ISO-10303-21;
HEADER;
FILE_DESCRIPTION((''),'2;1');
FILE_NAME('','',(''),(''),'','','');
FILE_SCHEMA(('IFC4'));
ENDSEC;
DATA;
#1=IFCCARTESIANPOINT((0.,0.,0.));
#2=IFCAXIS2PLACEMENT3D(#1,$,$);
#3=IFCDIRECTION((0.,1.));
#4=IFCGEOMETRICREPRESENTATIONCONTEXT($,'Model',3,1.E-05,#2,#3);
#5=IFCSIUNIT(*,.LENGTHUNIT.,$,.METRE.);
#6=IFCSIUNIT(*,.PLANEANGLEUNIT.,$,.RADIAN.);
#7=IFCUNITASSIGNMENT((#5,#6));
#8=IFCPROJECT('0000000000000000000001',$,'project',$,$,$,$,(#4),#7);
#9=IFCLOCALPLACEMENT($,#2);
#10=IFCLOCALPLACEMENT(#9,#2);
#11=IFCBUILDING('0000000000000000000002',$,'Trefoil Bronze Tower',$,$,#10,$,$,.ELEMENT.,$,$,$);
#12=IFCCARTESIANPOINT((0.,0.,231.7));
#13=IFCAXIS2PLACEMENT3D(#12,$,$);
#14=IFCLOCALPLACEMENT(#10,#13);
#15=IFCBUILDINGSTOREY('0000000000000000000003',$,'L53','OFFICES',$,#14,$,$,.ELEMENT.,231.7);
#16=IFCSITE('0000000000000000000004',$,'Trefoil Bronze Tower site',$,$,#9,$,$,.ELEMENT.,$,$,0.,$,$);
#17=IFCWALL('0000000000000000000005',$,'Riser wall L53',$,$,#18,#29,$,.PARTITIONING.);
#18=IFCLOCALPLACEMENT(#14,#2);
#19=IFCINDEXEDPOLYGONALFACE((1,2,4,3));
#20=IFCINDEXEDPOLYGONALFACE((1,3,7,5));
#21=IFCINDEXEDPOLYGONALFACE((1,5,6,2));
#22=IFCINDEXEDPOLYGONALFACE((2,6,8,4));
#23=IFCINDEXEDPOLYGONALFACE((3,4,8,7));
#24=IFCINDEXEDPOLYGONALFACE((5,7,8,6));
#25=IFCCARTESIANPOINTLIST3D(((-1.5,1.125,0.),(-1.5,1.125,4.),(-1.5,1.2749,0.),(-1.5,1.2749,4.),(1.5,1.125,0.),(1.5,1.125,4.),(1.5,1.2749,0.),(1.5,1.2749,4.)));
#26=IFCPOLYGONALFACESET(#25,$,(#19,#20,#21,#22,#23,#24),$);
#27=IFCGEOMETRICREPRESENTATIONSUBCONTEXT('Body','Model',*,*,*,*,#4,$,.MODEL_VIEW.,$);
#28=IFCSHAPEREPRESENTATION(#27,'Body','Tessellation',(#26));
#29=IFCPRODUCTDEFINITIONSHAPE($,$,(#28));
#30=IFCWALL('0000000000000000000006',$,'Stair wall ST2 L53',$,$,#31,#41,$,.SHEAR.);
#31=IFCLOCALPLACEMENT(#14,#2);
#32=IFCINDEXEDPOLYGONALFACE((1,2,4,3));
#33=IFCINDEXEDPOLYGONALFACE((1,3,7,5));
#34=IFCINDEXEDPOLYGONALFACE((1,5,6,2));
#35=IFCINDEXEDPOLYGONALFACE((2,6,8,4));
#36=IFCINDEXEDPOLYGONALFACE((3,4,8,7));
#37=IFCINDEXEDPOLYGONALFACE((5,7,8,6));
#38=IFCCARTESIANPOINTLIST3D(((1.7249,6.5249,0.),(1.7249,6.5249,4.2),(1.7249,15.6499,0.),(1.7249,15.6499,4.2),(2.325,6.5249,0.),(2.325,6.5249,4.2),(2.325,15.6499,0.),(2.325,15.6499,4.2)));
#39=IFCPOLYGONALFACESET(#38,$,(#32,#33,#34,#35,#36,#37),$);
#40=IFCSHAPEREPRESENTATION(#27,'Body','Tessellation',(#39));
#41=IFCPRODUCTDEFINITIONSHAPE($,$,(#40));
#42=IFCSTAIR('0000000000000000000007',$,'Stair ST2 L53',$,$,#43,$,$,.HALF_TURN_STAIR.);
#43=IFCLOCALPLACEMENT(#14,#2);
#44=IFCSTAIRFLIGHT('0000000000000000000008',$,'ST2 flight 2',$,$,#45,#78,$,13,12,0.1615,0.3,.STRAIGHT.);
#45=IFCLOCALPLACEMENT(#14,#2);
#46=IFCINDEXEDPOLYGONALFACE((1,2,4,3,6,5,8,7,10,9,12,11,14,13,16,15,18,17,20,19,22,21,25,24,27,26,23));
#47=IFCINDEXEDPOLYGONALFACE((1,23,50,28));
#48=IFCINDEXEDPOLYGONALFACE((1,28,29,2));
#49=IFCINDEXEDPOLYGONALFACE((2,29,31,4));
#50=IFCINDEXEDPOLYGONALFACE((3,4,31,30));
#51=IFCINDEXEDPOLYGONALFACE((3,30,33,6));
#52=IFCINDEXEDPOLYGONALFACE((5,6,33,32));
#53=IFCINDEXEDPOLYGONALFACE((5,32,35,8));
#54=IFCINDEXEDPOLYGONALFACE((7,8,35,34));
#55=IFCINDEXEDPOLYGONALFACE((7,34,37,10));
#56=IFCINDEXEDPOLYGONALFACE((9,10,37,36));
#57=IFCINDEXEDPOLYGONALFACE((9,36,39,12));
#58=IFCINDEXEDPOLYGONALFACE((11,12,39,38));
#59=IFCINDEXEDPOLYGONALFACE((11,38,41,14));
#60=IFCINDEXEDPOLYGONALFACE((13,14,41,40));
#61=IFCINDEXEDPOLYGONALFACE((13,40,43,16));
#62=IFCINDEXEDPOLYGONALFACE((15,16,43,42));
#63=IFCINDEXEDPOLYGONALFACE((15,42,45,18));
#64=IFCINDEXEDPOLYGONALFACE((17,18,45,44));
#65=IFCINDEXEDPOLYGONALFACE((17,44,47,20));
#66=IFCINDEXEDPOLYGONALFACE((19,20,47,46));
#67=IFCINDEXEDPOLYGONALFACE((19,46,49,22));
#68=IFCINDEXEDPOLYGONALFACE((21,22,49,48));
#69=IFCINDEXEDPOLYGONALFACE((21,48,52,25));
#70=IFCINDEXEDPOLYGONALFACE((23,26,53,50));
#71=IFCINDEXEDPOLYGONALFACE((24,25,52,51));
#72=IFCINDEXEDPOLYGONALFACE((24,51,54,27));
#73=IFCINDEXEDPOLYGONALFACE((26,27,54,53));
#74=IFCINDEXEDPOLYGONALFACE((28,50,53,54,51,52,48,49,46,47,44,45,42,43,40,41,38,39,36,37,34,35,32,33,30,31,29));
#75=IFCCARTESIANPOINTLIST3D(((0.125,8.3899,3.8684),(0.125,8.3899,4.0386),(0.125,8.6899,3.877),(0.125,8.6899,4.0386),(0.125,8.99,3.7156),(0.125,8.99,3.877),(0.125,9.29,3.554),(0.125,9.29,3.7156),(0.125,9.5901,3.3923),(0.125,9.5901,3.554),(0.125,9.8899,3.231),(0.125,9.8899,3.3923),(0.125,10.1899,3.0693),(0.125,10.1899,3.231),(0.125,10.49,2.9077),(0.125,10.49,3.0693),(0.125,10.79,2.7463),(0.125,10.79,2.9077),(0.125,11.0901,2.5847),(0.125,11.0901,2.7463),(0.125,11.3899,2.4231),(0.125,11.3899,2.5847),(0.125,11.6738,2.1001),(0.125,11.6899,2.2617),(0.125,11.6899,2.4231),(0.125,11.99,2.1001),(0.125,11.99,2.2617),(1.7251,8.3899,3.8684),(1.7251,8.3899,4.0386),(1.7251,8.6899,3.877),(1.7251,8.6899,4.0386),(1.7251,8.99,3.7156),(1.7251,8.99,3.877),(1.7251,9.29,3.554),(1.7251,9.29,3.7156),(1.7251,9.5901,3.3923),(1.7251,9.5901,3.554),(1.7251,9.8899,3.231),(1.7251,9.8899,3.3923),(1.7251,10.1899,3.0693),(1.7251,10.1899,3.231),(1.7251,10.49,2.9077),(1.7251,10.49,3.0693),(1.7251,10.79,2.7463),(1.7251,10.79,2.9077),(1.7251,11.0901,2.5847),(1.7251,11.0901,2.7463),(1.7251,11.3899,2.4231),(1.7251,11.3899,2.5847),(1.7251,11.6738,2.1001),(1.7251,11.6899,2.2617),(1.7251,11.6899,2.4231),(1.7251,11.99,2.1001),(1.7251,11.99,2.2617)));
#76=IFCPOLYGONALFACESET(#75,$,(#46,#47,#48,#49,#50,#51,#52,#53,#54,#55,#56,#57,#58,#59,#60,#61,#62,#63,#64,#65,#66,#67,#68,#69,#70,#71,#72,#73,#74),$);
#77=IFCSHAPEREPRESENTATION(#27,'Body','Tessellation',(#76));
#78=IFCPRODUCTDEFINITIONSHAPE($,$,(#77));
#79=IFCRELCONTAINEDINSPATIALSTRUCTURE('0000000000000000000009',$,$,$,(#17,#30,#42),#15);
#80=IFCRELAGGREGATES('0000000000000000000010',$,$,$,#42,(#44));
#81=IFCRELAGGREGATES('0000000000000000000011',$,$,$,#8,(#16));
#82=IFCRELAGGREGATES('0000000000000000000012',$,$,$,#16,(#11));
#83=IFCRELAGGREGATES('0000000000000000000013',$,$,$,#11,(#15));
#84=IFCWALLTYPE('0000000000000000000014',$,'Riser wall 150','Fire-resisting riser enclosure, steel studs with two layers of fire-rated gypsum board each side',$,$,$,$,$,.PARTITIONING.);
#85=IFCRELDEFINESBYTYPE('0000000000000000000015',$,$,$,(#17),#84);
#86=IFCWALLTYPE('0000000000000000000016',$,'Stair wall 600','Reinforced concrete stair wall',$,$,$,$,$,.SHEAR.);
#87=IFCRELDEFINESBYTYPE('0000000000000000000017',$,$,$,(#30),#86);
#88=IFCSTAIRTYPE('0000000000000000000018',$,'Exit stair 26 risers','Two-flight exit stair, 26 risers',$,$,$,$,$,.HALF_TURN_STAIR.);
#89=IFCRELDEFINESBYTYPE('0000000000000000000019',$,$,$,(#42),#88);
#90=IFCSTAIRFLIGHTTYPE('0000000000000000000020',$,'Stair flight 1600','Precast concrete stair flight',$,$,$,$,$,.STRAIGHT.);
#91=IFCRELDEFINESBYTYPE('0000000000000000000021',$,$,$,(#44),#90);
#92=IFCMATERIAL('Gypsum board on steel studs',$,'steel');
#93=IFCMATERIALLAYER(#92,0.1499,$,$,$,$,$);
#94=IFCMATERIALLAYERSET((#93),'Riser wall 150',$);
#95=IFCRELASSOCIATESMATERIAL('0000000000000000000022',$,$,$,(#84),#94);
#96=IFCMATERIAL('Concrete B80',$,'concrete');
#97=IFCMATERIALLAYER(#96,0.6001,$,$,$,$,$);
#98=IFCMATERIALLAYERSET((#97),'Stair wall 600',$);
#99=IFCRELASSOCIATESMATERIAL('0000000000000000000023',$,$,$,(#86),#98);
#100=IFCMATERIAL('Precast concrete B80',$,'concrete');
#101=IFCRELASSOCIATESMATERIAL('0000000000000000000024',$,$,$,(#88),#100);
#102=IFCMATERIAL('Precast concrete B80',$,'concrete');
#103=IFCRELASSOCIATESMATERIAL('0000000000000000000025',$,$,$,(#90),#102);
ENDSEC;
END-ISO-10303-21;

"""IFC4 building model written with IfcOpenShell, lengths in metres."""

from ifc_helpers import new_model, si_unit, direction, frame, frame_2d, origin, place, context, subcontext, project, spatial, polyline, rectangle, outline, extrude, material, layer, layer_set, type_object, element, aggregate, save


model = new_model("IFC4")

# Units and contexts
model_context = context("Model", 3, precision=1e-05, world=origin(), true_north=direction((0.0, 1.0)))
body_context = subcontext(model_context, "Body", "Model", "MODEL_VIEW")
ifc_project = project(units=[si_unit("LENGTHUNIT", "METRE"), si_unit("PLANEANGLEUNIT", "RADIAN")], contexts=[model_context])

# Site, building, storey
site_placement = place(None, origin())
site = spatial("IfcSite", under=ifc_project, at=site_placement, Name="Trefoil Bronze Tower site", CompositionType="ELEMENT", RefElevation=0.0)
building_placement = place(site_placement, origin())
building = spatial("IfcBuilding", under=site, at=building_placement, Name="Trefoil Bronze Tower", CompositionType="ELEMENT")
storey_placement = place(building_placement, frame((0.0, 0.0, 231.7)))
storey = spatial("IfcBuildingStorey", under=building, at=storey_placement, Name="L53", Description="OFFICES", CompositionType="ELEMENT", Elevation=231.7)

# Walls
ifc_material_1 = material(Name="Gypsum board on steel studs", Category="steel")
ifc_layer_1 = layer(ifc_material_1, 0.1499)
ifc_layer_set_1 = layer_set([ifc_layer_1], Name="Riser wall 150")
wall_type_1 = type_object("IfcWallType", Name="Riser wall 150", Description="Fire-resisting riser enclosure, steel studs with two layers of fire-rated gypsum board each side", PredefinedType="PARTITIONING", material=ifc_layer_set_1)
wall_1_placement = place(storey_placement, frame((1.5, 1.2, 0.0), z_axis=(0.0, 0.0, 1.0), x_axis=(-1.0, 0.0, 0.0)))
element("IfcWall", 1, at=wall_1_placement, inside=storey, type_object=wall_type_1, Name="Riser wall L53", PredefinedType="PARTITIONING", context=body_context, shape_type="SweptSolid", body=[
    extrude(rectangle(XDim=3.0, YDim=0.1499, at=frame_2d((1.5, 0.0))), origin(), (0.0, 0.0, 1.0), 4.0),
])
ifc_material_2 = material(Name="Concrete B80", Category="concrete")
ifc_layer_2 = layer(ifc_material_2, 0.6001)
ifc_layer_set_2 = layer_set([ifc_layer_2], Name="Stair wall 600")
wall_type_2 = type_object("IfcWallType", Name="Stair wall 600", Description="Reinforced concrete stair wall", PredefinedType="SHEAR", material=ifc_layer_set_2)
wall_2_placement = place(storey_placement, frame((2.0249, 6.5249, 0.0), z_axis=(0.0, 0.0, 1.0), x_axis=(0.0, 1.0, 0.0)))
element("IfcWall", 2, at=wall_2_placement, inside=storey, type_object=wall_type_2, Name="Stair wall ST2 L53", PredefinedType="SHEAR", context=body_context, shape_type="SweptSolid", body=[
    extrude(rectangle(XDim=9.125, YDim=0.6001, at=frame_2d((4.5625, 0.0))), origin(), (0.0, 0.0, 1.0), 4.2),
])

# Stair, stair flight
ifc_material_3 = material(Name="Precast concrete B80", Category="concrete")
stair_type = type_object("IfcStairType", Name="Exit stair 26 risers", Description="Two-flight exit stair, 26 risers", PredefinedType="HALF_TURN_STAIR", material=ifc_material_3)
stair_placement = place(storey_placement, origin())
stair = element("IfcStair", 3, at=stair_placement, inside=storey, type_object=stair_type, Name="Stair ST2 L53", PredefinedType="HALF_TURN_STAIR")
ifc_material_4 = material(Name="Precast concrete B80", Category="concrete")
stair_flight_type = type_object("IfcStairFlightType", Name="Stair flight 1600", Description="Precast concrete stair flight", PredefinedType="STRAIGHT", material=ifc_material_4)
stair_flight_placement = place(storey_placement, frame((0.925, 11.99, 2.1001), z_axis=(0.0, 0.0, 1.0), x_axis=(0.0, -1.0, 0.0)))
stair_flight = element("IfcStairFlight", 4, at=stair_flight_placement, type_object=stair_flight_type, Name="ST2 flight 2", NumberOfRisers=13, NumberOfTreads=12, PredefinedType="STRAIGHT", RiserHeight=0.1615, TreadLength=0.3, context=body_context, shape_type="SweptSolid", body=[
    extrude(outline(polyline([(0.0, 0.0), (0.0, 0.1616), (0.3, 0.1616), (0.3, 0.323), (0.6001, 0.323), (0.6001, 0.4846), (0.8999, 0.4846), (0.8999, 0.6462), (1.2, 0.6462), (1.2, 0.8076), (1.5, 0.8076), (1.5, 0.9692), (1.8, 0.9692), (1.8, 1.1309), (2.1001, 1.1309), (2.1001, 1.2922), (2.3999, 1.2922), (2.3999, 1.4539), (2.7, 1.4539), (2.7, 1.6155), (3.0, 1.6155), (3.0, 1.7769), (3.3, 1.7769), (3.3, 1.9385), (3.6001, 1.9385), (3.6001, 2.1001), (3.6001, 1.7683), (0.3162, 0.0), (0.0, 0.0)])), frame((0.0, 0.8, 0.0), z_axis=(0.0, -1.0, 0.0), x_axis=(1.0, 0.0, 0.0)), (0.0, 0.0, 1.0), 1.6001),
])
aggregate(stair, [stair_flight])

save(model, "model.ifc")
